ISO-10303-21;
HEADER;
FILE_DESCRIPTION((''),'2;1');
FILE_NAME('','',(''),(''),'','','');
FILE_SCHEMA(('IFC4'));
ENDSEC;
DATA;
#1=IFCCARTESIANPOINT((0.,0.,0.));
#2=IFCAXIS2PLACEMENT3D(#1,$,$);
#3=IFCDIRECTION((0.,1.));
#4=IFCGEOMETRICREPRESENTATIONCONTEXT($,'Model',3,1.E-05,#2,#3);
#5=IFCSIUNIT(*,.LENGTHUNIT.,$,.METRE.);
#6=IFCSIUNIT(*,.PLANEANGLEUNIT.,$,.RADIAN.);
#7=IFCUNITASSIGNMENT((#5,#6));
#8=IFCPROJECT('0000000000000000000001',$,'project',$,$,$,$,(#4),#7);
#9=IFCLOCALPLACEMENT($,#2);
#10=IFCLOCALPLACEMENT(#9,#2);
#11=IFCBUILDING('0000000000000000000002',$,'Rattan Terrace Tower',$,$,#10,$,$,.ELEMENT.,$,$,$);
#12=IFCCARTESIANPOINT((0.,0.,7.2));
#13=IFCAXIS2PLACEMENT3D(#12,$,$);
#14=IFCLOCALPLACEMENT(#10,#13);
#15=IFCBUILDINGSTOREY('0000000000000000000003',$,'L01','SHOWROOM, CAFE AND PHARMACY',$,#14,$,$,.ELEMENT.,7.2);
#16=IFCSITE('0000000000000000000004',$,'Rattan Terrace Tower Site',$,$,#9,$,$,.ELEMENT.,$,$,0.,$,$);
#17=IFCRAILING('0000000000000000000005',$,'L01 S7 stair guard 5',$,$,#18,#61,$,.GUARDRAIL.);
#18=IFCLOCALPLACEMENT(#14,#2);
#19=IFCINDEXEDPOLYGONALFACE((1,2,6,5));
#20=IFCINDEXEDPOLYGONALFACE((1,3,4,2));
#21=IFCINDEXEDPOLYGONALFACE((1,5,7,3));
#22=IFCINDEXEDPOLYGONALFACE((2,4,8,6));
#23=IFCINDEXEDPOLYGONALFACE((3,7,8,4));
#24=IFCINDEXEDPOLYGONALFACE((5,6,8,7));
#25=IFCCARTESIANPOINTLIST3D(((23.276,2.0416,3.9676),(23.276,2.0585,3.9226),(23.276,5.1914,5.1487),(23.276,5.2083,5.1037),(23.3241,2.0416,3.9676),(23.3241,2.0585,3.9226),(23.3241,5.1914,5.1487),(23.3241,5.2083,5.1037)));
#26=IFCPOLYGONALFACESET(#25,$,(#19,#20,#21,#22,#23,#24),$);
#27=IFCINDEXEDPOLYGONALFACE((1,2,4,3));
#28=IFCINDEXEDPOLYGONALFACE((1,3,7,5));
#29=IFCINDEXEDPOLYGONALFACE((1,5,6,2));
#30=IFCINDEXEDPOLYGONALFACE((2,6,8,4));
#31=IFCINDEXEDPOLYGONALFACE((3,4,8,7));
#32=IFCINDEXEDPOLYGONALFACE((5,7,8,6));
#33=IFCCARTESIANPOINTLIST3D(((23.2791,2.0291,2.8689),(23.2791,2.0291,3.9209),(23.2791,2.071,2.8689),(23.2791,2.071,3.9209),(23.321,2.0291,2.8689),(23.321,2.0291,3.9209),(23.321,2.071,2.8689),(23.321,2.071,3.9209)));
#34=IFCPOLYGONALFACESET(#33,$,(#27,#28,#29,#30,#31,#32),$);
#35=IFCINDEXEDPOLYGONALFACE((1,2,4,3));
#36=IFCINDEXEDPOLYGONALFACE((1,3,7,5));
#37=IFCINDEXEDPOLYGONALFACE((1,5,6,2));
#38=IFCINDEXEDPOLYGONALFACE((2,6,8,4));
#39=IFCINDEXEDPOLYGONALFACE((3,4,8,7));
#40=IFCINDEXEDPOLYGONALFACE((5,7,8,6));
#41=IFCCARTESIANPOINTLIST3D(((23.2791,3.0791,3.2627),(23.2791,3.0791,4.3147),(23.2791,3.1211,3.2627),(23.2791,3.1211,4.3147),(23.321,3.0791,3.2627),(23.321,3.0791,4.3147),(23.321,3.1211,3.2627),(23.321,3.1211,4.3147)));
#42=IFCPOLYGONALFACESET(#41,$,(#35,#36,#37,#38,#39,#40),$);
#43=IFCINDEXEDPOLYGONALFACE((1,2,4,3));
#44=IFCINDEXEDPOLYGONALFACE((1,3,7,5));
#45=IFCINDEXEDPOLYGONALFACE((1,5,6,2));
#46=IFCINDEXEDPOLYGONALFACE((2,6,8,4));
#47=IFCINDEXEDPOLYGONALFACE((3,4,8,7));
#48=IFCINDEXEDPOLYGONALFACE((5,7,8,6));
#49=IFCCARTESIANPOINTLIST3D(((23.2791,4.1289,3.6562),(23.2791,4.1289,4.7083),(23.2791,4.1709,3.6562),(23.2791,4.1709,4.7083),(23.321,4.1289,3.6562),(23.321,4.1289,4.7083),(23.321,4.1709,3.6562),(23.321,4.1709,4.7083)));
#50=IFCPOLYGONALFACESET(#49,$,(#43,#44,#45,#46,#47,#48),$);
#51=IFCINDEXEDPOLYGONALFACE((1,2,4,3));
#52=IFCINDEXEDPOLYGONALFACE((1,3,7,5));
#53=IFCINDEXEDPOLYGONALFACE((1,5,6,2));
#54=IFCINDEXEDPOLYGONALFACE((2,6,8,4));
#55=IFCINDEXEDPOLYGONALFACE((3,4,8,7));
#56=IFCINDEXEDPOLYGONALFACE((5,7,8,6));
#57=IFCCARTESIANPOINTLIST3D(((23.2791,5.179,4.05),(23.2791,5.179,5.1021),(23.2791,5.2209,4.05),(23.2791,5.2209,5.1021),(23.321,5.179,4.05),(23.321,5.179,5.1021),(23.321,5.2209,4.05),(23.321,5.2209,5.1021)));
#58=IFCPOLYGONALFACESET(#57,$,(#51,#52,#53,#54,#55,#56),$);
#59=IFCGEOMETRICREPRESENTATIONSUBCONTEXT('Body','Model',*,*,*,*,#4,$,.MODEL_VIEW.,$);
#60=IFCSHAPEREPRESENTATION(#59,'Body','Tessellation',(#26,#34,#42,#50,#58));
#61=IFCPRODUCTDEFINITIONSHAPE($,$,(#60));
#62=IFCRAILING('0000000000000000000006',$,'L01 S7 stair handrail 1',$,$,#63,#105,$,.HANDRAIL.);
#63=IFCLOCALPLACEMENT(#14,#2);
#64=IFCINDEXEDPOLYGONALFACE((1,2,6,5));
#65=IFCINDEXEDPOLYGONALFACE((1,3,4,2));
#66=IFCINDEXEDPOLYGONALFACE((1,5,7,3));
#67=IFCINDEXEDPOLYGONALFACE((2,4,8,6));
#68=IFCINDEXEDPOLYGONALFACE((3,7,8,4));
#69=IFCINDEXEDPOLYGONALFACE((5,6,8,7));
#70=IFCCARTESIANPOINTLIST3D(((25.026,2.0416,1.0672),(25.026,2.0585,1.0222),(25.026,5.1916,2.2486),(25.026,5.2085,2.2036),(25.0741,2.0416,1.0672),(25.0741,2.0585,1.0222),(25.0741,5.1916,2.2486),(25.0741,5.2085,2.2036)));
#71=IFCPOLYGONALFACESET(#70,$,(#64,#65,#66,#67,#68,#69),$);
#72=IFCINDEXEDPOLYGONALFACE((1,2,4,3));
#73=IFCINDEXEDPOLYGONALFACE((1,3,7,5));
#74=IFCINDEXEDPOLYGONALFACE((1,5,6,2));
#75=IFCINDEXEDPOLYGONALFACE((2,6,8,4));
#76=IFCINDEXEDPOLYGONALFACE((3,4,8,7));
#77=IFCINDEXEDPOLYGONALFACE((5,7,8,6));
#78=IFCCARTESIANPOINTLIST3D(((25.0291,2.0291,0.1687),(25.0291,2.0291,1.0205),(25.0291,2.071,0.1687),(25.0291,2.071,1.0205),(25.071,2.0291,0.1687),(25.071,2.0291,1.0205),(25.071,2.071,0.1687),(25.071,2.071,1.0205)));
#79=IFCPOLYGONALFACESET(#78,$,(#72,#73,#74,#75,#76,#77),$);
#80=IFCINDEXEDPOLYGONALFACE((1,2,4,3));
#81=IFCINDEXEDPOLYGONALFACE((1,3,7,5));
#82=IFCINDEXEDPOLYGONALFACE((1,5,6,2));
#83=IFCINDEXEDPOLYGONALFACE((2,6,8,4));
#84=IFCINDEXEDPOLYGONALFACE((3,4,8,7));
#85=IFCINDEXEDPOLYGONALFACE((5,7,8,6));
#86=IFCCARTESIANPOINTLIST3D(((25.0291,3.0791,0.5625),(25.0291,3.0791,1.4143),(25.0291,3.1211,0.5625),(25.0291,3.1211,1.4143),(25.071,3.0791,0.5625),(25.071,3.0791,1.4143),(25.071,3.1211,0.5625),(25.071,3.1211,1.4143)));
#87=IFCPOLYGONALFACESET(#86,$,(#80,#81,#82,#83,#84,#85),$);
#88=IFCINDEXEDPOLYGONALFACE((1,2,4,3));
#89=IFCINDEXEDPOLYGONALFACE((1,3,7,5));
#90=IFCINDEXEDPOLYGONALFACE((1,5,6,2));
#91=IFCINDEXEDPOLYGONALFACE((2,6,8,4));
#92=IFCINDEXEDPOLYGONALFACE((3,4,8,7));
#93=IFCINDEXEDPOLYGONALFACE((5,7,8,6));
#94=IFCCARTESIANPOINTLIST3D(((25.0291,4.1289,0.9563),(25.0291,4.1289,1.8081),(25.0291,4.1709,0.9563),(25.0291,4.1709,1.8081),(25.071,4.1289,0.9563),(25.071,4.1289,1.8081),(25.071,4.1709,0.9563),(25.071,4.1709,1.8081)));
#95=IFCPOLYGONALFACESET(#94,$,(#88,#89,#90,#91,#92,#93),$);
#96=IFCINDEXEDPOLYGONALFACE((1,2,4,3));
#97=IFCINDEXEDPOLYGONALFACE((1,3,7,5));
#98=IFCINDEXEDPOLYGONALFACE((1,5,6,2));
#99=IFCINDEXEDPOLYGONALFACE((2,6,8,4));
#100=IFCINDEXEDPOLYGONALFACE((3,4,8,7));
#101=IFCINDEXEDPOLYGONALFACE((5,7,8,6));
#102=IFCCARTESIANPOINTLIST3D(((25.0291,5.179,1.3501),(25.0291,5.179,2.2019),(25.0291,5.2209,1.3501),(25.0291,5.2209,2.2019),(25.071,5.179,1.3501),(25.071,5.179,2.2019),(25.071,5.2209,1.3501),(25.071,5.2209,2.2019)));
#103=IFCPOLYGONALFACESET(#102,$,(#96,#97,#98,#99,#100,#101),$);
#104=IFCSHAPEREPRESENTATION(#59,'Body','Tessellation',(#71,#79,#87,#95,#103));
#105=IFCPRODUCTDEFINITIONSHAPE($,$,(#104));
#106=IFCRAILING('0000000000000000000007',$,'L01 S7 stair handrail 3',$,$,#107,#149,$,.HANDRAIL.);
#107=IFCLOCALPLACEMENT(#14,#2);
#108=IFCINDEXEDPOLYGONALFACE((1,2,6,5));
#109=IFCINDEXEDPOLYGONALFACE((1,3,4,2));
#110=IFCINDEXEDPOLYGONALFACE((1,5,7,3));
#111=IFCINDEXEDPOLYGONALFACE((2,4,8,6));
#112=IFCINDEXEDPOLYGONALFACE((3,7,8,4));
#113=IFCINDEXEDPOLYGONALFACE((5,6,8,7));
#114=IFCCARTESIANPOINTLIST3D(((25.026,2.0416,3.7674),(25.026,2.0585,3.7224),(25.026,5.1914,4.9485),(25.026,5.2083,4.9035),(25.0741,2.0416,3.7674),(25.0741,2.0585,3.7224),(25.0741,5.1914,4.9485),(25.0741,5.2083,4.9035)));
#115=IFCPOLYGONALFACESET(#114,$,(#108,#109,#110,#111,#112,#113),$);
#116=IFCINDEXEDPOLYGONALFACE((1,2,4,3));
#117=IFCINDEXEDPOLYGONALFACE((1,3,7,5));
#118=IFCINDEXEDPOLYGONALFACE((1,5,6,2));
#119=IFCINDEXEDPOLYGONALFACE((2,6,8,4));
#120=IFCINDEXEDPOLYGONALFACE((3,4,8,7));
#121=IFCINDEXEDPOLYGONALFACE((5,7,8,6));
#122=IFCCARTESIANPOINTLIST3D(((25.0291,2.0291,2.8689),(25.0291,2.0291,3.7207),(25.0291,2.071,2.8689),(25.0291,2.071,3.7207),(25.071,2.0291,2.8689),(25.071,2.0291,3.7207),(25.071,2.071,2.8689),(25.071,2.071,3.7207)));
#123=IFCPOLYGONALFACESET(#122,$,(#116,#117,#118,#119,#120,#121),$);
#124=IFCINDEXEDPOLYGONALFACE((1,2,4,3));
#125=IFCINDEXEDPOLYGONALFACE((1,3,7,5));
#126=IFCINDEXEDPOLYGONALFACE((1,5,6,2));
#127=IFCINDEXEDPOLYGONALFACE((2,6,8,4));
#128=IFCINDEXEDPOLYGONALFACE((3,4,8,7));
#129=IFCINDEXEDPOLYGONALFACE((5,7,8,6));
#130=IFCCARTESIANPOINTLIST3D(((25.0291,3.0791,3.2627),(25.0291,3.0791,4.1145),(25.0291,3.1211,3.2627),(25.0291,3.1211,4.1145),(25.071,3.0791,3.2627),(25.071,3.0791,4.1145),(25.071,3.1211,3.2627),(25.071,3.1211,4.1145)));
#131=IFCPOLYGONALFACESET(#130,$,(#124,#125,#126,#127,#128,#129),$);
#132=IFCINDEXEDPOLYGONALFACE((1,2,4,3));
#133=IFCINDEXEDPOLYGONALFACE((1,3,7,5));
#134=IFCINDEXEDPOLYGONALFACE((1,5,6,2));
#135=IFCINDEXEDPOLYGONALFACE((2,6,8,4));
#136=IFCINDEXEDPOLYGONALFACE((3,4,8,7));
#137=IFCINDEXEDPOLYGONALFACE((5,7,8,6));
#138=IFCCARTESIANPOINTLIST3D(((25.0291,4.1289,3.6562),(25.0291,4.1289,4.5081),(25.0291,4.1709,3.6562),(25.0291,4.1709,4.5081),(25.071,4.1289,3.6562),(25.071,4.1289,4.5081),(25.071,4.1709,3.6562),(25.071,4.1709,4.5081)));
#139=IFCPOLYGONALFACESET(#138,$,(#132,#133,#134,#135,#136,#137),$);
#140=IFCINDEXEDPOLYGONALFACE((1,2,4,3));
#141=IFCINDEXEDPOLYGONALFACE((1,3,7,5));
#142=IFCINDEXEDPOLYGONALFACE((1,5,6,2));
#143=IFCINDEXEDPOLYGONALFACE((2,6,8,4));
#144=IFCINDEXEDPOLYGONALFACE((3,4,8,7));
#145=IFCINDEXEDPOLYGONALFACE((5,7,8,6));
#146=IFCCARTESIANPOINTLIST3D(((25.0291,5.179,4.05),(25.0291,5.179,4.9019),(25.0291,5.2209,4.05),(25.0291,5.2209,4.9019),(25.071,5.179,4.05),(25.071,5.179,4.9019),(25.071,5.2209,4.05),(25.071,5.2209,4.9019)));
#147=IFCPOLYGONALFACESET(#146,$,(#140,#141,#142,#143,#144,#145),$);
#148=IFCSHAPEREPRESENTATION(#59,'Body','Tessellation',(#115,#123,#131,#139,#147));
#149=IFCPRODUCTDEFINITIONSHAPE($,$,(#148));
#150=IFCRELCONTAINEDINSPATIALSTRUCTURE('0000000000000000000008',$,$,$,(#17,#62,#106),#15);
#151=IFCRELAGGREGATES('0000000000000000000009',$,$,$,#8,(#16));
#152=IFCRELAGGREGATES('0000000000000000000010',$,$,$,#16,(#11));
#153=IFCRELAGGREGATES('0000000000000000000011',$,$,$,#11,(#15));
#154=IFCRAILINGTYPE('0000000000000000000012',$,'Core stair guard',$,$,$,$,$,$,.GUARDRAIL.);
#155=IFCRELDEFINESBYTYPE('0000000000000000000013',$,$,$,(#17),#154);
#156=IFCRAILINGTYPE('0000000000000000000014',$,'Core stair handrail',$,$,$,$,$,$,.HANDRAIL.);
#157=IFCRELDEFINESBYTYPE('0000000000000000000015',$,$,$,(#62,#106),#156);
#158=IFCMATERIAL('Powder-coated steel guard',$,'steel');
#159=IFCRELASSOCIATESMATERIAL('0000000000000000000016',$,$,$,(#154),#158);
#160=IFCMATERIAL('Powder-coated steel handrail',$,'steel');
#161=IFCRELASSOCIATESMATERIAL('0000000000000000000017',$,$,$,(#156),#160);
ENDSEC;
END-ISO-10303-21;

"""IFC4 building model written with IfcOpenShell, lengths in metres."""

from ifc_helpers import new_model, si_unit, direction, frame, origin, origin_2d, place, context, subcontext, project, spatial, rectangle, extrude, material, type_object, element, save


model = new_model("IFC4")

# Units and contexts
model_context = context("Model", 3, precision=1e-05, world=origin(), true_north=direction((0.0, 1.0)))
body_context = subcontext(model_context, "Body", "Model", "MODEL_VIEW")
ifc_project = project(units=[si_unit("LENGTHUNIT", "METRE"), si_unit("PLANEANGLEUNIT", "RADIAN")], contexts=[model_context])

# Site, building, storey
site_placement = place(None, origin())
site = spatial("IfcSite", under=ifc_project, at=site_placement, Name="Rattan Terrace Tower Site", CompositionType="ELEMENT", RefElevation=0.0)
building_placement = place(site_placement, origin())
building = spatial("IfcBuilding", under=site, at=building_placement, Name="Rattan Terrace Tower", CompositionType="ELEMENT")
storey_placement = place(building_placement, frame((0.0, 0.0, 7.2)))
storey = spatial("IfcBuildingStorey", under=building, at=storey_placement, Name="L01", Description="SHOWROOM, CAFE AND PHARMACY", CompositionType="ELEMENT", Elevation=7.2)

# Railings
ifc_material_1 = material(Name="Powder-coated steel guard", Category="steel")
railing_type_1 = type_object("IfcRailingType", Name="Core stair guard", PredefinedType="GUARDRAIL", material=ifc_material_1)
railing_1_placement = place(storey_placement, frame((23.3, 2.05, 2.8689)))
element("IfcRailing", 1, at=railing_1_placement, inside=storey, type_object=railing_type_1, Name="L01 S7 stair guard 5", PredefinedType="GUARDRAIL", context=body_context, shape_type="SweptSolid", body=[
    extrude(rectangle(XDim=0.0481, YDim=0.0481, at=origin_2d()), frame((0.0, 0.0, 1.0762), z_axis=(0.0, 0.936335, 0.351108), x_axis=(-1.0, 0.0, 0.0)), (0.0, 0.0, 1.0), 3.364),
    extrude(rectangle(XDim=0.042, YDim=0.042, at=origin_2d()), origin(), (0.0, 0.0, 1.0), 1.052),
    extrude(rectangle(XDim=0.042, YDim=0.042, at=origin_2d()), frame((0.0, 1.05, 0.3938)), (0.0, 0.0, 1.0), 1.052),
    extrude(rectangle(XDim=0.042, YDim=0.042, at=origin_2d()), frame((0.0, 2.0999, 0.7874)), (0.0, 0.0, 1.0), 1.052),
    extrude(rectangle(XDim=0.042, YDim=0.042, at=origin_2d()), frame((0.0, 3.1499, 1.1812)), (0.0, 0.0, 1.0), 1.052),
])
ifc_material_2 = material(Name="Powder-coated steel handrail", Category="steel")
railing_type_2 = type_object("IfcRailingType", Name="Core stair handrail", PredefinedType="HANDRAIL", material=ifc_material_2)
railing_2_placement = place(storey_placement, frame((25.05, 2.05, 0.1687)))
element("IfcRailing", 2, at=railing_2_placement, inside=storey, type_object=railing_type_2, Name="L01 S7 stair handrail 1", PredefinedType="HANDRAIL", context=body_context, shape_type="SweptSolid", body=[
    extrude(rectangle(XDim=0.0481, YDim=0.0481, at=origin_2d()), frame((0.0, 0.0, 0.876), z_axis=(0.0, 0.936311, 0.351171), x_axis=(-1.0, 0.0, 0.0)), (0.0, 0.0, 1.0), 3.3643),
    extrude(rectangle(XDim=0.042, YDim=0.042, at=origin_2d()), origin(), (0.0, 0.0, 1.0), 0.8518),
    extrude(rectangle(XDim=0.042, YDim=0.042, at=origin_2d()), frame((0.0, 1.05, 0.3938)), (0.0, 0.0, 1.0), 0.8518),
    extrude(rectangle(XDim=0.042, YDim=0.042, at=origin_2d()), frame((0.0, 2.0999, 0.7876)), (0.0, 0.0, 1.0), 0.8518),
    extrude(rectangle(XDim=0.042, YDim=0.042, at=origin_2d()), frame((0.0, 3.1499, 1.1814)), (0.0, 0.0, 1.0), 0.8518),
])
railing_3_placement = place(storey_placement, frame((25.05, 2.05, 2.8689)))
element("IfcRailing", 3, at=railing_3_placement, inside=storey, type_object=railing_type_2, Name="L01 S7 stair handrail 3", PredefinedType="HANDRAIL", context=body_context, shape_type="SweptSolid", body=[
    extrude(rectangle(XDim=0.0481, YDim=0.0481, at=origin_2d()), frame((0.0, 0.0, 0.876), z_axis=(0.0, 0.936335, 0.351108), x_axis=(-1.0, 0.0, 0.0)), (0.0, 0.0, 1.0), 3.364),
    extrude(rectangle(XDim=0.042, YDim=0.042, at=origin_2d()), origin(), (0.0, 0.0, 1.0), 0.8518),
    extrude(rectangle(XDim=0.042, YDim=0.042, at=origin_2d()), frame((0.0, 1.05, 0.3938)), (0.0, 0.0, 1.0), 0.8518),
    extrude(rectangle(XDim=0.042, YDim=0.042, at=origin_2d()), frame((0.0, 2.0999, 0.7874)), (0.0, 0.0, 1.0), 0.8518),
    extrude(rectangle(XDim=0.042, YDim=0.042, at=origin_2d()), frame((0.0, 3.1499, 1.1812)), (0.0, 0.0, 1.0), 0.8518),
])

save(model, "model.ifc")
